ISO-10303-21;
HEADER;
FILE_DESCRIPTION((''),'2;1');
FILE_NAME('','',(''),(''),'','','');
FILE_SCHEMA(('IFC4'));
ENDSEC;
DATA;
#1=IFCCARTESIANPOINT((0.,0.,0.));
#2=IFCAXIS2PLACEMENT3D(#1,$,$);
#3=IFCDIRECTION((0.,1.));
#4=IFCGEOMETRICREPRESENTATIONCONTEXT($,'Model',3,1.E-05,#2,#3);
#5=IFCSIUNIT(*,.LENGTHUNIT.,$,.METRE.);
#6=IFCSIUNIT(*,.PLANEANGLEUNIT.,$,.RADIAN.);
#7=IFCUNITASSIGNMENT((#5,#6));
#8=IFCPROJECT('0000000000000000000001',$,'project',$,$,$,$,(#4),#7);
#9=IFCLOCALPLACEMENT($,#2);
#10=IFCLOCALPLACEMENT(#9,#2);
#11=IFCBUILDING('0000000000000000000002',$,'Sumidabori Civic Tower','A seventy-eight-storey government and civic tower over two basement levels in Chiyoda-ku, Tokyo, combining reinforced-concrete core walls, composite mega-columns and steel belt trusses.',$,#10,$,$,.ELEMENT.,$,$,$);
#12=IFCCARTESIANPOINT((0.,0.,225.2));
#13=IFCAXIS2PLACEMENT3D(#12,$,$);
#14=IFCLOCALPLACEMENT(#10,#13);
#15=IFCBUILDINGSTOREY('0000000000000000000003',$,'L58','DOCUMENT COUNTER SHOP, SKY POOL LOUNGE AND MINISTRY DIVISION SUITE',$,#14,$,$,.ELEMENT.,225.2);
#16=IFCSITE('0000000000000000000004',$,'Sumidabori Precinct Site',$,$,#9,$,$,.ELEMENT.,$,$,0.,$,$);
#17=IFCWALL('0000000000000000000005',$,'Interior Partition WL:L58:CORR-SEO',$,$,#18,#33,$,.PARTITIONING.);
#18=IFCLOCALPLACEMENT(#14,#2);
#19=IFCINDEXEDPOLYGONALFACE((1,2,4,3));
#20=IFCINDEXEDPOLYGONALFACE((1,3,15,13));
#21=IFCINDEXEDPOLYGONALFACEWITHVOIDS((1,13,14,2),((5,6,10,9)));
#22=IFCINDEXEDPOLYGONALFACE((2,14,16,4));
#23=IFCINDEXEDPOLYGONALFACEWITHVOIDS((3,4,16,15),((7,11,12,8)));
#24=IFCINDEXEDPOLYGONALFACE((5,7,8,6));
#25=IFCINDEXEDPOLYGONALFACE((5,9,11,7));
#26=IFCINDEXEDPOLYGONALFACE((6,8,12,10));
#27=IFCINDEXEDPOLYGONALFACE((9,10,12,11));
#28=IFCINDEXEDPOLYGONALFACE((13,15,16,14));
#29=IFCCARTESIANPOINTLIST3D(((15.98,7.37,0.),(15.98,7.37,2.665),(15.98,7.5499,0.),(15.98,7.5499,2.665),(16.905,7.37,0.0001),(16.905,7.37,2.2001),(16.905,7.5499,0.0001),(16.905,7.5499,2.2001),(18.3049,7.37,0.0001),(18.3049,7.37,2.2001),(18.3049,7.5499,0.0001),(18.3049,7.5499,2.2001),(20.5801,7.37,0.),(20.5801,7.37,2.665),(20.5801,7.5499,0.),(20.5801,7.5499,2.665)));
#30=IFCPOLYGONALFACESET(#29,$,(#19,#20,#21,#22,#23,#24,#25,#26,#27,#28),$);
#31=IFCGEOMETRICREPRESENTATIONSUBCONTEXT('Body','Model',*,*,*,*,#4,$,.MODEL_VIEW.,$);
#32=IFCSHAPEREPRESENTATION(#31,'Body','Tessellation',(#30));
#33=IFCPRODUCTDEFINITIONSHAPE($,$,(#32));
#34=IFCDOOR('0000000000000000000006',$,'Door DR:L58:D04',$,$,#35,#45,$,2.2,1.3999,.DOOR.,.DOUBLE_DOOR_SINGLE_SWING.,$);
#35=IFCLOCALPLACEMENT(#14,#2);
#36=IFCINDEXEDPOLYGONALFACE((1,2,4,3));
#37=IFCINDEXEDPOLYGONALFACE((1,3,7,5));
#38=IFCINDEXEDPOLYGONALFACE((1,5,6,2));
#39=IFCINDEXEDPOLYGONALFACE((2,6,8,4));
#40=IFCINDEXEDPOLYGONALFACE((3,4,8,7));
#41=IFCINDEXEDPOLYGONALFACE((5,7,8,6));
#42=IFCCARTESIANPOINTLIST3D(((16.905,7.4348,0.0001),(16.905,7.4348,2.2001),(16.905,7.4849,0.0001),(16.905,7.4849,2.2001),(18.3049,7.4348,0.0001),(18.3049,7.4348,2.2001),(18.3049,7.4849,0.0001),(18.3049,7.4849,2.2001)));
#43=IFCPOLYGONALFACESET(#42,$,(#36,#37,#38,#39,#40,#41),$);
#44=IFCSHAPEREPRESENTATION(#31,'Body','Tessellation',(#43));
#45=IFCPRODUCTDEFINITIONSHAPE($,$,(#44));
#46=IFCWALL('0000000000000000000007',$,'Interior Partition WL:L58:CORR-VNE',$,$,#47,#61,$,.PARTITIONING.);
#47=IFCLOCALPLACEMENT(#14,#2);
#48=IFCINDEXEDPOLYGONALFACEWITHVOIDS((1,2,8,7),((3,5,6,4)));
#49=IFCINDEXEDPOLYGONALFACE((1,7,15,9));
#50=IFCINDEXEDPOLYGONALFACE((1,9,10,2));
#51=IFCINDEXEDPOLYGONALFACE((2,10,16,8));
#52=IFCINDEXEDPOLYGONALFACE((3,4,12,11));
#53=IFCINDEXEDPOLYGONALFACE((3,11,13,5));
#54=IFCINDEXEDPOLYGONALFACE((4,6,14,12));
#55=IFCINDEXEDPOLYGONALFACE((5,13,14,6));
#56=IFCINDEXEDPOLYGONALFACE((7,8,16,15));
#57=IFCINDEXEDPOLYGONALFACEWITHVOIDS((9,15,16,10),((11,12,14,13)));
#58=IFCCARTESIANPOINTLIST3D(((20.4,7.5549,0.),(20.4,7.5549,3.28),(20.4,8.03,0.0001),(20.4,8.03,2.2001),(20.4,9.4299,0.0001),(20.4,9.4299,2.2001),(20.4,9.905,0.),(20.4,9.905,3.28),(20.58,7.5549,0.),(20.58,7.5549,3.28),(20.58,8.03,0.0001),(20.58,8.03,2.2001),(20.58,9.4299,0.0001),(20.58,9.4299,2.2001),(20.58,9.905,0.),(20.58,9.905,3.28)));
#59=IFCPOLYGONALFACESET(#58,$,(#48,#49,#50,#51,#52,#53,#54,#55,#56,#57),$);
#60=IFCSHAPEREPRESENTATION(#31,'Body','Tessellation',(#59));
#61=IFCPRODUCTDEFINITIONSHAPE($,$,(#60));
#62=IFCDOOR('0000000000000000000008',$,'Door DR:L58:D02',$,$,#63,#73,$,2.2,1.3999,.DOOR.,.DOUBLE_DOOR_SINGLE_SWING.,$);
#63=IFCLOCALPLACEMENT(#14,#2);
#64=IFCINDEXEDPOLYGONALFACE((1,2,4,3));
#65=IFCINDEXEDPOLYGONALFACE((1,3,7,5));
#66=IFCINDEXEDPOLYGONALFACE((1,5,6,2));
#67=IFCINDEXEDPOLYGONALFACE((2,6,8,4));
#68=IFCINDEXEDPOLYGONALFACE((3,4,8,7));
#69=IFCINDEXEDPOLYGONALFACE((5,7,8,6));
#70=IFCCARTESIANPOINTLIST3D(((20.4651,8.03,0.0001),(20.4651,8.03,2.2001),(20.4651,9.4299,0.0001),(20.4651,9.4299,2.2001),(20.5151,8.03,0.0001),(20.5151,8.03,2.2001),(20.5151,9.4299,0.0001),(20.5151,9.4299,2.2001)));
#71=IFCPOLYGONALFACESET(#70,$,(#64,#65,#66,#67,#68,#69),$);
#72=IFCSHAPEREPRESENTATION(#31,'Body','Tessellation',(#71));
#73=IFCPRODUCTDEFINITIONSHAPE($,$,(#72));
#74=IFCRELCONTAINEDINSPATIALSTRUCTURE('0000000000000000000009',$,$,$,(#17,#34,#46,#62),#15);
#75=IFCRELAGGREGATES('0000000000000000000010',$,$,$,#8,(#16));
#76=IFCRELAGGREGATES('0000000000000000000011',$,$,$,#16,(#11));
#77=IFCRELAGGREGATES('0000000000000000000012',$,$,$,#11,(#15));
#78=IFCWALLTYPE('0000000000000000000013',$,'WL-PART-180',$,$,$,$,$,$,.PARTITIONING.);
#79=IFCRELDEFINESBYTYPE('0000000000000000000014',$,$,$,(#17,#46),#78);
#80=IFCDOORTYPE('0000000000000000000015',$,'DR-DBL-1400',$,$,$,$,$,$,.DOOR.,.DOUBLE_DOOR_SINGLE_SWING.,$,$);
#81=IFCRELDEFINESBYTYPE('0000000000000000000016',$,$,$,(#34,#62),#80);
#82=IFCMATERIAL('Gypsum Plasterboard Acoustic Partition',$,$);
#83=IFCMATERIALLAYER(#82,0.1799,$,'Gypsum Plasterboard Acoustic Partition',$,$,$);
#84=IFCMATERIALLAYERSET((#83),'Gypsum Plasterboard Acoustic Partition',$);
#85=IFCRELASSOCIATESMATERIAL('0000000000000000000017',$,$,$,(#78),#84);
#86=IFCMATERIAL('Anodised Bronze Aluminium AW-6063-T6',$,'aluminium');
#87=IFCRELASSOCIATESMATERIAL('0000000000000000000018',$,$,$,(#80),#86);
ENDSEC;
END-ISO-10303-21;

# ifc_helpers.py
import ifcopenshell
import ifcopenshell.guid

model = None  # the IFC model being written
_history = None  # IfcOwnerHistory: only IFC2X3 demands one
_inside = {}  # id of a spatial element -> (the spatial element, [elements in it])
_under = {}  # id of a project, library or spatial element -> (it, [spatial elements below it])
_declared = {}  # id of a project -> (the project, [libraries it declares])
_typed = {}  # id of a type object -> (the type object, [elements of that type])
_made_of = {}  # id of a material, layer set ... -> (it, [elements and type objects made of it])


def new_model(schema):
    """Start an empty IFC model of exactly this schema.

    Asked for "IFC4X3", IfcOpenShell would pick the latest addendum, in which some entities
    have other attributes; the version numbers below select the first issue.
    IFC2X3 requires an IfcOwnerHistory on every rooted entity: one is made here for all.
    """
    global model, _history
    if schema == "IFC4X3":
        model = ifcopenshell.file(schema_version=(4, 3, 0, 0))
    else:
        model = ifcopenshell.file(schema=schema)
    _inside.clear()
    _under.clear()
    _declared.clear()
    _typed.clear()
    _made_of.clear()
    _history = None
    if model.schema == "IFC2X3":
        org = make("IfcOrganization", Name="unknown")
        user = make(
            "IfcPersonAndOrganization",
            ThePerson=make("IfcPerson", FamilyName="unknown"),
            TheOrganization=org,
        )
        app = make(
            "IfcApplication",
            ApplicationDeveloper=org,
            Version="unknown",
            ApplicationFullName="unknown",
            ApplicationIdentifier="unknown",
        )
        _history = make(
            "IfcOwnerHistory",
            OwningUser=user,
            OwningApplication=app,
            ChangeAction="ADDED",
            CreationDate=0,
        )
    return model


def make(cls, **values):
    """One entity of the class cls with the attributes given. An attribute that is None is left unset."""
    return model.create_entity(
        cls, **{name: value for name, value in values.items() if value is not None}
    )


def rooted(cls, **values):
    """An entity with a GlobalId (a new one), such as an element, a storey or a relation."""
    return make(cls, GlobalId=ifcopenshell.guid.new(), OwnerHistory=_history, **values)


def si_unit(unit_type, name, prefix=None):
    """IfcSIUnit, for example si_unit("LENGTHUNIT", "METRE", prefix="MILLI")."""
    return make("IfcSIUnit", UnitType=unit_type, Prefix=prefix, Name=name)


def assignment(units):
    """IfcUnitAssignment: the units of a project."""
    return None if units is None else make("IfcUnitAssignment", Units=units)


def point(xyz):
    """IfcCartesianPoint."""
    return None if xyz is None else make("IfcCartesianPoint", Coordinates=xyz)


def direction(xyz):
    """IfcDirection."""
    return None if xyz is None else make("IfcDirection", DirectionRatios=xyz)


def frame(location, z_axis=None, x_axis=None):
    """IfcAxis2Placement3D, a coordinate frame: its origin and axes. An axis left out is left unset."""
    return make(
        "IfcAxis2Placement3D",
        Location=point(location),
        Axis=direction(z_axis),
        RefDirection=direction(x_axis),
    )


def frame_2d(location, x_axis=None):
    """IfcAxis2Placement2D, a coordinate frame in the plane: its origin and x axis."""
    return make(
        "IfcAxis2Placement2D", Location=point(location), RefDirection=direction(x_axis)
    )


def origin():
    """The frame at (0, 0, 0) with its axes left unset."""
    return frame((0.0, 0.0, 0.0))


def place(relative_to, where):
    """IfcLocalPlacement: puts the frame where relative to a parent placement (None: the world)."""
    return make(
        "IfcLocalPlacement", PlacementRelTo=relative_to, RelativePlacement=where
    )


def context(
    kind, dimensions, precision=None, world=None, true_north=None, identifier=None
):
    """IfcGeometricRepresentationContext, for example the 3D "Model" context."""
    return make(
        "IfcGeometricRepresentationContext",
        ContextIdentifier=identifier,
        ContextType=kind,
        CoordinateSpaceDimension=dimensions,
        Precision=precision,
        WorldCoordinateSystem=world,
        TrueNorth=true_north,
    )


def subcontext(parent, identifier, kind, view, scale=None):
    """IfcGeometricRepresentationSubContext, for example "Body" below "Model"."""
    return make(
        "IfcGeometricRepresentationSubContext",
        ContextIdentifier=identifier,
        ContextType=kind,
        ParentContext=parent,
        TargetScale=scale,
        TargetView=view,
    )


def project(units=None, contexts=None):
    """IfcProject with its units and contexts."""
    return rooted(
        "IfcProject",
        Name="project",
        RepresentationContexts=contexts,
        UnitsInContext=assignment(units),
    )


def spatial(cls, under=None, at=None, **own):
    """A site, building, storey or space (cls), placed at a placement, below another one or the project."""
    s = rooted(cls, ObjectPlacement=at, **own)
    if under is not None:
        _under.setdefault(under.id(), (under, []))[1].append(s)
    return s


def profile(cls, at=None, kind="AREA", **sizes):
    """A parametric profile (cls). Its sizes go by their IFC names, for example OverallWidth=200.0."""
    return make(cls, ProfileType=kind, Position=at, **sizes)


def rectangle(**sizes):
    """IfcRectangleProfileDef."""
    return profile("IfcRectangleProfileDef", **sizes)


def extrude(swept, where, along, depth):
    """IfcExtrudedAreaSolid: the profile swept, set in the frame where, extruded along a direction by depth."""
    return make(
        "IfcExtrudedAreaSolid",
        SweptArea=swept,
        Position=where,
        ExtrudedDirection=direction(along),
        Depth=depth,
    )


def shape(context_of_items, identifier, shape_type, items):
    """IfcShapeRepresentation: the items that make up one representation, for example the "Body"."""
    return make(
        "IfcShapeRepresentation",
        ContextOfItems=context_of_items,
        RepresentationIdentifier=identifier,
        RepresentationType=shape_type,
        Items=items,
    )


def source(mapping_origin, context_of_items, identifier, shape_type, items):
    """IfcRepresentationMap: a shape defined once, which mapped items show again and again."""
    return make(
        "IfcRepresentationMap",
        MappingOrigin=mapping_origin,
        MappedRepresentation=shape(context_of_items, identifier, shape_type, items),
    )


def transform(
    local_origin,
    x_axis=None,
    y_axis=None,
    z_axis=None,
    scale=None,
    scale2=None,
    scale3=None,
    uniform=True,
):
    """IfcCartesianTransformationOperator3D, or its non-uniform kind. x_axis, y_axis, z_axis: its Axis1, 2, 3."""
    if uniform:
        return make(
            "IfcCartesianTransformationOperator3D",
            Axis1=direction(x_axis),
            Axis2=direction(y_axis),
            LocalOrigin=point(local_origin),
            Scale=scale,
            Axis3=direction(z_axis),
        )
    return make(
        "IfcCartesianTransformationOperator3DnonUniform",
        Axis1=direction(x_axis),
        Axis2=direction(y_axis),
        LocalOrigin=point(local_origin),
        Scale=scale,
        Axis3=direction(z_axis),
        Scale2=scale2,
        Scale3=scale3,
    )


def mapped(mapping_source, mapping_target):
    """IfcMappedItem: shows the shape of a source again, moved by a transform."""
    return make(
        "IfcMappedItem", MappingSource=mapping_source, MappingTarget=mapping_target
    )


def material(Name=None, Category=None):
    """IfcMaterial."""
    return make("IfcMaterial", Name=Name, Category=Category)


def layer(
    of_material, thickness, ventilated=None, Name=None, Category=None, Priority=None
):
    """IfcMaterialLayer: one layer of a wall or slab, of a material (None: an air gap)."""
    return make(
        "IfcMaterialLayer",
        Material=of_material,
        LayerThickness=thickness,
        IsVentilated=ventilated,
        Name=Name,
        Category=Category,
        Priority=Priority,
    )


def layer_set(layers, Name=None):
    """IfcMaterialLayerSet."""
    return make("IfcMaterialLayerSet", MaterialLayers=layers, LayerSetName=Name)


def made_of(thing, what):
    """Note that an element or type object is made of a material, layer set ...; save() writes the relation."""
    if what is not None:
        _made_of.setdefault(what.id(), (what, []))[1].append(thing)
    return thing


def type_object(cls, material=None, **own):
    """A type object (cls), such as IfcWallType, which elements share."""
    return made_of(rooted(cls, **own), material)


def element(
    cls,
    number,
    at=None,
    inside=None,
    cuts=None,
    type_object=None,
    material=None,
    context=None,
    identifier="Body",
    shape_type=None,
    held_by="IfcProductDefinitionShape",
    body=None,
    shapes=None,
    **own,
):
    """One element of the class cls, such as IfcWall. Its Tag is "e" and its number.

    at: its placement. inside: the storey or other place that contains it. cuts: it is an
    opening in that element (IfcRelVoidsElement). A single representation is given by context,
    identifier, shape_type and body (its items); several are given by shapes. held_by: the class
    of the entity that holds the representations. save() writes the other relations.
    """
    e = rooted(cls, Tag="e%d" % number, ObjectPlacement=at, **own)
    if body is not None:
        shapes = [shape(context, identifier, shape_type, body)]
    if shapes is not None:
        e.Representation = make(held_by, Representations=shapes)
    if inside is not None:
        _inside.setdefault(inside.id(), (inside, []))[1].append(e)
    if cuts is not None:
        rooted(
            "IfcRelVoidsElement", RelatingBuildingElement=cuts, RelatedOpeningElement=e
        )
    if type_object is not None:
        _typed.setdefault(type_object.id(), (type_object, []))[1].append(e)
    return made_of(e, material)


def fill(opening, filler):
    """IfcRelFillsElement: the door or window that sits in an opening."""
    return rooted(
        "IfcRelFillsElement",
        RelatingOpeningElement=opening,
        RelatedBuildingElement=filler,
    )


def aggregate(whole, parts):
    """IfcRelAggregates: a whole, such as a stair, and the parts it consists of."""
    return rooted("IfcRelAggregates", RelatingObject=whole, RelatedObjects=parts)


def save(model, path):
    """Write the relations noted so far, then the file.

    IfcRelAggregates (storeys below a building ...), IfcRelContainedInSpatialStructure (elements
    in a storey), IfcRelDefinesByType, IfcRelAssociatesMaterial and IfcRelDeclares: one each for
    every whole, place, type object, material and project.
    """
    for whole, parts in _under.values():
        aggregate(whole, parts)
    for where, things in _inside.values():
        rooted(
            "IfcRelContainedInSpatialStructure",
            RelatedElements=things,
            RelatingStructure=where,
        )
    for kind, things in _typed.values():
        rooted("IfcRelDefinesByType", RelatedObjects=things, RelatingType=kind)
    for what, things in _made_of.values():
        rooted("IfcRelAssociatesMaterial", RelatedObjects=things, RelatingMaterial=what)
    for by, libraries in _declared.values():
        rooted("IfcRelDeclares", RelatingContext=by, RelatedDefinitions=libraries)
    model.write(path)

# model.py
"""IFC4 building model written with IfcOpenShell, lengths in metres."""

from ifc_helpers import new_model, si_unit, direction, frame, frame_2d, origin, place, context, subcontext, project, spatial, rectangle, extrude, source, transform, mapped, material, layer, layer_set, type_object, element, fill, save


model = new_model("IFC4")

# Units and contexts
model_context = context("Model", 3, precision=1e-05, world=origin(), true_north=direction((0.0, 1.0)))
body_context = subcontext(model_context, "Body", "Model", "MODEL_VIEW")
ifc_project = project(units=[si_unit("LENGTHUNIT", "METRE"), si_unit("PLANEANGLEUNIT", "RADIAN")], contexts=[model_context])

# Site, building, storey
site_placement = place(None, origin())
site = spatial("IfcSite", under=ifc_project, at=site_placement, Name="Sumidabori Precinct Site", CompositionType="ELEMENT", RefElevation=0.0)
building_placement = place(site_placement, origin())
building = spatial("IfcBuilding", under=site, at=building_placement, Name="Sumidabori Civic Tower", Description="A seventy-eight-storey government and civic tower over two basement levels in Chiyoda-ku, Tokyo, combining reinforced-concrete core walls, composite mega-columns and steel belt trusses.", CompositionType="ELEMENT")
storey_placement = place(building_placement, frame((0.0, 0.0, 225.2)))
storey = spatial("IfcBuildingStorey", under=building, at=storey_placement, Name="L58", Description="DOCUMENT COUNTER SHOP, SKY POOL LOUNGE AND MINISTRY DIVISION SUITE", CompositionType="ELEMENT", Elevation=225.2)

# Shared definitions
ifc_material_1 = material(Name="Anodised Bronze Aluminium AW-6063-T6", Category="aluminium")

# Shared definitions
ifc_material_2 = material(Name="Gypsum Plasterboard Acoustic Partition")
ifc_layer_1 = layer(ifc_material_2, 0.1799, Name="Gypsum Plasterboard Acoustic Partition")
ifc_layer_set_1 = layer_set([ifc_layer_1], Name="Gypsum Plasterboard Acoustic Partition")
wall_type_1 = type_object("IfcWallType", Name="WL-PART-180", PredefinedType="PARTITIONING", material=ifc_layer_set_1)

# Walls, openings, doors
shared_shape_1 = source(origin(), body_context, "Body", "SweptSolid", [
    extrude(rectangle(XDim=4.6001, YDim=0.1799, at=frame_2d((2.3, 0.0))), origin(), (0.0, 0.0, 1.0), 2.665),
])
wall_1_placement = place(storey_placement, frame((15.98, 7.46, 0.0), z_axis=(0.0, 0.0, 1.0), x_axis=(1.0, 0.0, 0.0)))
wall_1 = element("IfcWall", 1, at=wall_1_placement, inside=storey, type_object=wall_type_1, Name="Interior Partition WL:L58:CORR-SEO", PredefinedType="PARTITIONING", context=body_context, shape_type="MappedRepresentation", body=[
    mapped(shared_shape_1, transform((0.0, 0.0, 0.0), x_axis=(1.0, 0.0, 0.0), y_axis=(0.0, 1.0, 0.0), z_axis=(0.0, 0.0, 1.0), scale=1.0)),
])
opening_1_placement = place(wall_1_placement, frame((0.925, 0.0, 0.0)))
opening_1 = element("IfcOpeningElement", 2, at=opening_1_placement, cuts=wall_1, PredefinedType="OPENING", context=body_context, shape_type="SweptSolid", body=[
    extrude(rectangle(XDim=1.3999, YDim=2.2, at=frame_2d((0.7, 1.1001))), frame((0.0, 0.1021, 0.0), z_axis=(0.0, -1.0, 0.0), x_axis=(1.0, 0.0, 0.0)), (0.0, 0.0, 1.0), 0.2039),
])
door_type_1 = type_object("IfcDoorType", Name="DR-DBL-1400", OperationType="DOUBLE_DOOR_SINGLE_SWING", PredefinedType="DOOR", material=ifc_material_1)
shared_shape_2 = source(origin(), body_context, "Body", "SweptSolid", [
    extrude(rectangle(XDim=1.3999, YDim=2.2, at=frame_2d((0.7, 1.1001))), frame((0.0, 0.0249, 0.0), z_axis=(0.0, -1.0, 0.0), x_axis=(1.0, 0.0, 0.0)), (0.0, 0.0, 1.0), 0.05),
])
door_1_placement = place(opening_1_placement, origin())
door_1 = element("IfcDoor", 3, at=door_1_placement, inside=storey, type_object=door_type_1, Name="Door DR:L58:D04", OperationType="DOUBLE_DOOR_SINGLE_SWING", OverallHeight=2.2, OverallWidth=1.3999, PredefinedType="DOOR", context=body_context, shape_type="MappedRepresentation", body=[
    mapped(shared_shape_2, transform((0.0, 0.0, 0.0), x_axis=(1.0, 0.0, 0.0), y_axis=(0.0, 1.0, 0.0), z_axis=(0.0, 0.0, 1.0), scale=1.0)),
])
fill(opening_1, door_1)
shared_shape_3 = source(origin(), body_context, "Body", "SweptSolid", [
    extrude(rectangle(XDim=2.3501, YDim=0.1799, at=frame_2d((1.175, 0.0))), origin(), (0.0, 0.0, 1.0), 3.28),
])
wall_2_placement = place(storey_placement, frame((20.49, 7.5549, 0.0), z_axis=(0.0, 0.0, 1.0), x_axis=(0.0, 1.0, 0.0)))
wall_2 = element("IfcWall", 4, at=wall_2_placement, inside=storey, type_object=wall_type_1, Name="Interior Partition WL:L58:CORR-VNE", PredefinedType="PARTITIONING", context=body_context, shape_type="MappedRepresentation", body=[
    mapped(shared_shape_3, transform((0.0, 0.0, 0.0), x_axis=(1.0, 0.0, 0.0), y_axis=(0.0, 1.0, 0.0), z_axis=(0.0, 0.0, 1.0), scale=1.0)),
])
opening_2_placement = place(wall_2_placement, frame((0.4751, 0.0, 0.0)))
opening_2 = element("IfcOpeningElement", 5, at=opening_2_placement, cuts=wall_2, PredefinedType="OPENING", context=body_context, shape_type="SweptSolid", body=[
    extrude(rectangle(XDim=1.3999, YDim=2.2, at=frame_2d((0.7, 1.1001))), frame((0.0, 0.1021, 0.0), z_axis=(0.0, -1.0, 0.0), x_axis=(1.0, 0.0, 0.0)), (0.0, 0.0, 1.0), 0.2039),
])
door_2_placement = place(opening_2_placement, origin())
door_2 = element("IfcDoor", 6, at=door_2_placement, inside=storey, type_object=door_type_1, Name="Door DR:L58:D02", OperationType="DOUBLE_DOOR_SINGLE_SWING", OverallHeight=2.2, OverallWidth=1.3999, PredefinedType="DOOR", context=body_context, shape_type="MappedRepresentation", body=[
    mapped(shared_shape_2, transform((0.0, 0.0, 0.0), x_axis=(1.0, 0.0, 0.0), y_axis=(0.0, 1.0, 0.0), z_axis=(0.0, 0.0, 1.0), scale=1.0)),
])
fill(opening_2, door_2)

save(model, "model.ifc")
